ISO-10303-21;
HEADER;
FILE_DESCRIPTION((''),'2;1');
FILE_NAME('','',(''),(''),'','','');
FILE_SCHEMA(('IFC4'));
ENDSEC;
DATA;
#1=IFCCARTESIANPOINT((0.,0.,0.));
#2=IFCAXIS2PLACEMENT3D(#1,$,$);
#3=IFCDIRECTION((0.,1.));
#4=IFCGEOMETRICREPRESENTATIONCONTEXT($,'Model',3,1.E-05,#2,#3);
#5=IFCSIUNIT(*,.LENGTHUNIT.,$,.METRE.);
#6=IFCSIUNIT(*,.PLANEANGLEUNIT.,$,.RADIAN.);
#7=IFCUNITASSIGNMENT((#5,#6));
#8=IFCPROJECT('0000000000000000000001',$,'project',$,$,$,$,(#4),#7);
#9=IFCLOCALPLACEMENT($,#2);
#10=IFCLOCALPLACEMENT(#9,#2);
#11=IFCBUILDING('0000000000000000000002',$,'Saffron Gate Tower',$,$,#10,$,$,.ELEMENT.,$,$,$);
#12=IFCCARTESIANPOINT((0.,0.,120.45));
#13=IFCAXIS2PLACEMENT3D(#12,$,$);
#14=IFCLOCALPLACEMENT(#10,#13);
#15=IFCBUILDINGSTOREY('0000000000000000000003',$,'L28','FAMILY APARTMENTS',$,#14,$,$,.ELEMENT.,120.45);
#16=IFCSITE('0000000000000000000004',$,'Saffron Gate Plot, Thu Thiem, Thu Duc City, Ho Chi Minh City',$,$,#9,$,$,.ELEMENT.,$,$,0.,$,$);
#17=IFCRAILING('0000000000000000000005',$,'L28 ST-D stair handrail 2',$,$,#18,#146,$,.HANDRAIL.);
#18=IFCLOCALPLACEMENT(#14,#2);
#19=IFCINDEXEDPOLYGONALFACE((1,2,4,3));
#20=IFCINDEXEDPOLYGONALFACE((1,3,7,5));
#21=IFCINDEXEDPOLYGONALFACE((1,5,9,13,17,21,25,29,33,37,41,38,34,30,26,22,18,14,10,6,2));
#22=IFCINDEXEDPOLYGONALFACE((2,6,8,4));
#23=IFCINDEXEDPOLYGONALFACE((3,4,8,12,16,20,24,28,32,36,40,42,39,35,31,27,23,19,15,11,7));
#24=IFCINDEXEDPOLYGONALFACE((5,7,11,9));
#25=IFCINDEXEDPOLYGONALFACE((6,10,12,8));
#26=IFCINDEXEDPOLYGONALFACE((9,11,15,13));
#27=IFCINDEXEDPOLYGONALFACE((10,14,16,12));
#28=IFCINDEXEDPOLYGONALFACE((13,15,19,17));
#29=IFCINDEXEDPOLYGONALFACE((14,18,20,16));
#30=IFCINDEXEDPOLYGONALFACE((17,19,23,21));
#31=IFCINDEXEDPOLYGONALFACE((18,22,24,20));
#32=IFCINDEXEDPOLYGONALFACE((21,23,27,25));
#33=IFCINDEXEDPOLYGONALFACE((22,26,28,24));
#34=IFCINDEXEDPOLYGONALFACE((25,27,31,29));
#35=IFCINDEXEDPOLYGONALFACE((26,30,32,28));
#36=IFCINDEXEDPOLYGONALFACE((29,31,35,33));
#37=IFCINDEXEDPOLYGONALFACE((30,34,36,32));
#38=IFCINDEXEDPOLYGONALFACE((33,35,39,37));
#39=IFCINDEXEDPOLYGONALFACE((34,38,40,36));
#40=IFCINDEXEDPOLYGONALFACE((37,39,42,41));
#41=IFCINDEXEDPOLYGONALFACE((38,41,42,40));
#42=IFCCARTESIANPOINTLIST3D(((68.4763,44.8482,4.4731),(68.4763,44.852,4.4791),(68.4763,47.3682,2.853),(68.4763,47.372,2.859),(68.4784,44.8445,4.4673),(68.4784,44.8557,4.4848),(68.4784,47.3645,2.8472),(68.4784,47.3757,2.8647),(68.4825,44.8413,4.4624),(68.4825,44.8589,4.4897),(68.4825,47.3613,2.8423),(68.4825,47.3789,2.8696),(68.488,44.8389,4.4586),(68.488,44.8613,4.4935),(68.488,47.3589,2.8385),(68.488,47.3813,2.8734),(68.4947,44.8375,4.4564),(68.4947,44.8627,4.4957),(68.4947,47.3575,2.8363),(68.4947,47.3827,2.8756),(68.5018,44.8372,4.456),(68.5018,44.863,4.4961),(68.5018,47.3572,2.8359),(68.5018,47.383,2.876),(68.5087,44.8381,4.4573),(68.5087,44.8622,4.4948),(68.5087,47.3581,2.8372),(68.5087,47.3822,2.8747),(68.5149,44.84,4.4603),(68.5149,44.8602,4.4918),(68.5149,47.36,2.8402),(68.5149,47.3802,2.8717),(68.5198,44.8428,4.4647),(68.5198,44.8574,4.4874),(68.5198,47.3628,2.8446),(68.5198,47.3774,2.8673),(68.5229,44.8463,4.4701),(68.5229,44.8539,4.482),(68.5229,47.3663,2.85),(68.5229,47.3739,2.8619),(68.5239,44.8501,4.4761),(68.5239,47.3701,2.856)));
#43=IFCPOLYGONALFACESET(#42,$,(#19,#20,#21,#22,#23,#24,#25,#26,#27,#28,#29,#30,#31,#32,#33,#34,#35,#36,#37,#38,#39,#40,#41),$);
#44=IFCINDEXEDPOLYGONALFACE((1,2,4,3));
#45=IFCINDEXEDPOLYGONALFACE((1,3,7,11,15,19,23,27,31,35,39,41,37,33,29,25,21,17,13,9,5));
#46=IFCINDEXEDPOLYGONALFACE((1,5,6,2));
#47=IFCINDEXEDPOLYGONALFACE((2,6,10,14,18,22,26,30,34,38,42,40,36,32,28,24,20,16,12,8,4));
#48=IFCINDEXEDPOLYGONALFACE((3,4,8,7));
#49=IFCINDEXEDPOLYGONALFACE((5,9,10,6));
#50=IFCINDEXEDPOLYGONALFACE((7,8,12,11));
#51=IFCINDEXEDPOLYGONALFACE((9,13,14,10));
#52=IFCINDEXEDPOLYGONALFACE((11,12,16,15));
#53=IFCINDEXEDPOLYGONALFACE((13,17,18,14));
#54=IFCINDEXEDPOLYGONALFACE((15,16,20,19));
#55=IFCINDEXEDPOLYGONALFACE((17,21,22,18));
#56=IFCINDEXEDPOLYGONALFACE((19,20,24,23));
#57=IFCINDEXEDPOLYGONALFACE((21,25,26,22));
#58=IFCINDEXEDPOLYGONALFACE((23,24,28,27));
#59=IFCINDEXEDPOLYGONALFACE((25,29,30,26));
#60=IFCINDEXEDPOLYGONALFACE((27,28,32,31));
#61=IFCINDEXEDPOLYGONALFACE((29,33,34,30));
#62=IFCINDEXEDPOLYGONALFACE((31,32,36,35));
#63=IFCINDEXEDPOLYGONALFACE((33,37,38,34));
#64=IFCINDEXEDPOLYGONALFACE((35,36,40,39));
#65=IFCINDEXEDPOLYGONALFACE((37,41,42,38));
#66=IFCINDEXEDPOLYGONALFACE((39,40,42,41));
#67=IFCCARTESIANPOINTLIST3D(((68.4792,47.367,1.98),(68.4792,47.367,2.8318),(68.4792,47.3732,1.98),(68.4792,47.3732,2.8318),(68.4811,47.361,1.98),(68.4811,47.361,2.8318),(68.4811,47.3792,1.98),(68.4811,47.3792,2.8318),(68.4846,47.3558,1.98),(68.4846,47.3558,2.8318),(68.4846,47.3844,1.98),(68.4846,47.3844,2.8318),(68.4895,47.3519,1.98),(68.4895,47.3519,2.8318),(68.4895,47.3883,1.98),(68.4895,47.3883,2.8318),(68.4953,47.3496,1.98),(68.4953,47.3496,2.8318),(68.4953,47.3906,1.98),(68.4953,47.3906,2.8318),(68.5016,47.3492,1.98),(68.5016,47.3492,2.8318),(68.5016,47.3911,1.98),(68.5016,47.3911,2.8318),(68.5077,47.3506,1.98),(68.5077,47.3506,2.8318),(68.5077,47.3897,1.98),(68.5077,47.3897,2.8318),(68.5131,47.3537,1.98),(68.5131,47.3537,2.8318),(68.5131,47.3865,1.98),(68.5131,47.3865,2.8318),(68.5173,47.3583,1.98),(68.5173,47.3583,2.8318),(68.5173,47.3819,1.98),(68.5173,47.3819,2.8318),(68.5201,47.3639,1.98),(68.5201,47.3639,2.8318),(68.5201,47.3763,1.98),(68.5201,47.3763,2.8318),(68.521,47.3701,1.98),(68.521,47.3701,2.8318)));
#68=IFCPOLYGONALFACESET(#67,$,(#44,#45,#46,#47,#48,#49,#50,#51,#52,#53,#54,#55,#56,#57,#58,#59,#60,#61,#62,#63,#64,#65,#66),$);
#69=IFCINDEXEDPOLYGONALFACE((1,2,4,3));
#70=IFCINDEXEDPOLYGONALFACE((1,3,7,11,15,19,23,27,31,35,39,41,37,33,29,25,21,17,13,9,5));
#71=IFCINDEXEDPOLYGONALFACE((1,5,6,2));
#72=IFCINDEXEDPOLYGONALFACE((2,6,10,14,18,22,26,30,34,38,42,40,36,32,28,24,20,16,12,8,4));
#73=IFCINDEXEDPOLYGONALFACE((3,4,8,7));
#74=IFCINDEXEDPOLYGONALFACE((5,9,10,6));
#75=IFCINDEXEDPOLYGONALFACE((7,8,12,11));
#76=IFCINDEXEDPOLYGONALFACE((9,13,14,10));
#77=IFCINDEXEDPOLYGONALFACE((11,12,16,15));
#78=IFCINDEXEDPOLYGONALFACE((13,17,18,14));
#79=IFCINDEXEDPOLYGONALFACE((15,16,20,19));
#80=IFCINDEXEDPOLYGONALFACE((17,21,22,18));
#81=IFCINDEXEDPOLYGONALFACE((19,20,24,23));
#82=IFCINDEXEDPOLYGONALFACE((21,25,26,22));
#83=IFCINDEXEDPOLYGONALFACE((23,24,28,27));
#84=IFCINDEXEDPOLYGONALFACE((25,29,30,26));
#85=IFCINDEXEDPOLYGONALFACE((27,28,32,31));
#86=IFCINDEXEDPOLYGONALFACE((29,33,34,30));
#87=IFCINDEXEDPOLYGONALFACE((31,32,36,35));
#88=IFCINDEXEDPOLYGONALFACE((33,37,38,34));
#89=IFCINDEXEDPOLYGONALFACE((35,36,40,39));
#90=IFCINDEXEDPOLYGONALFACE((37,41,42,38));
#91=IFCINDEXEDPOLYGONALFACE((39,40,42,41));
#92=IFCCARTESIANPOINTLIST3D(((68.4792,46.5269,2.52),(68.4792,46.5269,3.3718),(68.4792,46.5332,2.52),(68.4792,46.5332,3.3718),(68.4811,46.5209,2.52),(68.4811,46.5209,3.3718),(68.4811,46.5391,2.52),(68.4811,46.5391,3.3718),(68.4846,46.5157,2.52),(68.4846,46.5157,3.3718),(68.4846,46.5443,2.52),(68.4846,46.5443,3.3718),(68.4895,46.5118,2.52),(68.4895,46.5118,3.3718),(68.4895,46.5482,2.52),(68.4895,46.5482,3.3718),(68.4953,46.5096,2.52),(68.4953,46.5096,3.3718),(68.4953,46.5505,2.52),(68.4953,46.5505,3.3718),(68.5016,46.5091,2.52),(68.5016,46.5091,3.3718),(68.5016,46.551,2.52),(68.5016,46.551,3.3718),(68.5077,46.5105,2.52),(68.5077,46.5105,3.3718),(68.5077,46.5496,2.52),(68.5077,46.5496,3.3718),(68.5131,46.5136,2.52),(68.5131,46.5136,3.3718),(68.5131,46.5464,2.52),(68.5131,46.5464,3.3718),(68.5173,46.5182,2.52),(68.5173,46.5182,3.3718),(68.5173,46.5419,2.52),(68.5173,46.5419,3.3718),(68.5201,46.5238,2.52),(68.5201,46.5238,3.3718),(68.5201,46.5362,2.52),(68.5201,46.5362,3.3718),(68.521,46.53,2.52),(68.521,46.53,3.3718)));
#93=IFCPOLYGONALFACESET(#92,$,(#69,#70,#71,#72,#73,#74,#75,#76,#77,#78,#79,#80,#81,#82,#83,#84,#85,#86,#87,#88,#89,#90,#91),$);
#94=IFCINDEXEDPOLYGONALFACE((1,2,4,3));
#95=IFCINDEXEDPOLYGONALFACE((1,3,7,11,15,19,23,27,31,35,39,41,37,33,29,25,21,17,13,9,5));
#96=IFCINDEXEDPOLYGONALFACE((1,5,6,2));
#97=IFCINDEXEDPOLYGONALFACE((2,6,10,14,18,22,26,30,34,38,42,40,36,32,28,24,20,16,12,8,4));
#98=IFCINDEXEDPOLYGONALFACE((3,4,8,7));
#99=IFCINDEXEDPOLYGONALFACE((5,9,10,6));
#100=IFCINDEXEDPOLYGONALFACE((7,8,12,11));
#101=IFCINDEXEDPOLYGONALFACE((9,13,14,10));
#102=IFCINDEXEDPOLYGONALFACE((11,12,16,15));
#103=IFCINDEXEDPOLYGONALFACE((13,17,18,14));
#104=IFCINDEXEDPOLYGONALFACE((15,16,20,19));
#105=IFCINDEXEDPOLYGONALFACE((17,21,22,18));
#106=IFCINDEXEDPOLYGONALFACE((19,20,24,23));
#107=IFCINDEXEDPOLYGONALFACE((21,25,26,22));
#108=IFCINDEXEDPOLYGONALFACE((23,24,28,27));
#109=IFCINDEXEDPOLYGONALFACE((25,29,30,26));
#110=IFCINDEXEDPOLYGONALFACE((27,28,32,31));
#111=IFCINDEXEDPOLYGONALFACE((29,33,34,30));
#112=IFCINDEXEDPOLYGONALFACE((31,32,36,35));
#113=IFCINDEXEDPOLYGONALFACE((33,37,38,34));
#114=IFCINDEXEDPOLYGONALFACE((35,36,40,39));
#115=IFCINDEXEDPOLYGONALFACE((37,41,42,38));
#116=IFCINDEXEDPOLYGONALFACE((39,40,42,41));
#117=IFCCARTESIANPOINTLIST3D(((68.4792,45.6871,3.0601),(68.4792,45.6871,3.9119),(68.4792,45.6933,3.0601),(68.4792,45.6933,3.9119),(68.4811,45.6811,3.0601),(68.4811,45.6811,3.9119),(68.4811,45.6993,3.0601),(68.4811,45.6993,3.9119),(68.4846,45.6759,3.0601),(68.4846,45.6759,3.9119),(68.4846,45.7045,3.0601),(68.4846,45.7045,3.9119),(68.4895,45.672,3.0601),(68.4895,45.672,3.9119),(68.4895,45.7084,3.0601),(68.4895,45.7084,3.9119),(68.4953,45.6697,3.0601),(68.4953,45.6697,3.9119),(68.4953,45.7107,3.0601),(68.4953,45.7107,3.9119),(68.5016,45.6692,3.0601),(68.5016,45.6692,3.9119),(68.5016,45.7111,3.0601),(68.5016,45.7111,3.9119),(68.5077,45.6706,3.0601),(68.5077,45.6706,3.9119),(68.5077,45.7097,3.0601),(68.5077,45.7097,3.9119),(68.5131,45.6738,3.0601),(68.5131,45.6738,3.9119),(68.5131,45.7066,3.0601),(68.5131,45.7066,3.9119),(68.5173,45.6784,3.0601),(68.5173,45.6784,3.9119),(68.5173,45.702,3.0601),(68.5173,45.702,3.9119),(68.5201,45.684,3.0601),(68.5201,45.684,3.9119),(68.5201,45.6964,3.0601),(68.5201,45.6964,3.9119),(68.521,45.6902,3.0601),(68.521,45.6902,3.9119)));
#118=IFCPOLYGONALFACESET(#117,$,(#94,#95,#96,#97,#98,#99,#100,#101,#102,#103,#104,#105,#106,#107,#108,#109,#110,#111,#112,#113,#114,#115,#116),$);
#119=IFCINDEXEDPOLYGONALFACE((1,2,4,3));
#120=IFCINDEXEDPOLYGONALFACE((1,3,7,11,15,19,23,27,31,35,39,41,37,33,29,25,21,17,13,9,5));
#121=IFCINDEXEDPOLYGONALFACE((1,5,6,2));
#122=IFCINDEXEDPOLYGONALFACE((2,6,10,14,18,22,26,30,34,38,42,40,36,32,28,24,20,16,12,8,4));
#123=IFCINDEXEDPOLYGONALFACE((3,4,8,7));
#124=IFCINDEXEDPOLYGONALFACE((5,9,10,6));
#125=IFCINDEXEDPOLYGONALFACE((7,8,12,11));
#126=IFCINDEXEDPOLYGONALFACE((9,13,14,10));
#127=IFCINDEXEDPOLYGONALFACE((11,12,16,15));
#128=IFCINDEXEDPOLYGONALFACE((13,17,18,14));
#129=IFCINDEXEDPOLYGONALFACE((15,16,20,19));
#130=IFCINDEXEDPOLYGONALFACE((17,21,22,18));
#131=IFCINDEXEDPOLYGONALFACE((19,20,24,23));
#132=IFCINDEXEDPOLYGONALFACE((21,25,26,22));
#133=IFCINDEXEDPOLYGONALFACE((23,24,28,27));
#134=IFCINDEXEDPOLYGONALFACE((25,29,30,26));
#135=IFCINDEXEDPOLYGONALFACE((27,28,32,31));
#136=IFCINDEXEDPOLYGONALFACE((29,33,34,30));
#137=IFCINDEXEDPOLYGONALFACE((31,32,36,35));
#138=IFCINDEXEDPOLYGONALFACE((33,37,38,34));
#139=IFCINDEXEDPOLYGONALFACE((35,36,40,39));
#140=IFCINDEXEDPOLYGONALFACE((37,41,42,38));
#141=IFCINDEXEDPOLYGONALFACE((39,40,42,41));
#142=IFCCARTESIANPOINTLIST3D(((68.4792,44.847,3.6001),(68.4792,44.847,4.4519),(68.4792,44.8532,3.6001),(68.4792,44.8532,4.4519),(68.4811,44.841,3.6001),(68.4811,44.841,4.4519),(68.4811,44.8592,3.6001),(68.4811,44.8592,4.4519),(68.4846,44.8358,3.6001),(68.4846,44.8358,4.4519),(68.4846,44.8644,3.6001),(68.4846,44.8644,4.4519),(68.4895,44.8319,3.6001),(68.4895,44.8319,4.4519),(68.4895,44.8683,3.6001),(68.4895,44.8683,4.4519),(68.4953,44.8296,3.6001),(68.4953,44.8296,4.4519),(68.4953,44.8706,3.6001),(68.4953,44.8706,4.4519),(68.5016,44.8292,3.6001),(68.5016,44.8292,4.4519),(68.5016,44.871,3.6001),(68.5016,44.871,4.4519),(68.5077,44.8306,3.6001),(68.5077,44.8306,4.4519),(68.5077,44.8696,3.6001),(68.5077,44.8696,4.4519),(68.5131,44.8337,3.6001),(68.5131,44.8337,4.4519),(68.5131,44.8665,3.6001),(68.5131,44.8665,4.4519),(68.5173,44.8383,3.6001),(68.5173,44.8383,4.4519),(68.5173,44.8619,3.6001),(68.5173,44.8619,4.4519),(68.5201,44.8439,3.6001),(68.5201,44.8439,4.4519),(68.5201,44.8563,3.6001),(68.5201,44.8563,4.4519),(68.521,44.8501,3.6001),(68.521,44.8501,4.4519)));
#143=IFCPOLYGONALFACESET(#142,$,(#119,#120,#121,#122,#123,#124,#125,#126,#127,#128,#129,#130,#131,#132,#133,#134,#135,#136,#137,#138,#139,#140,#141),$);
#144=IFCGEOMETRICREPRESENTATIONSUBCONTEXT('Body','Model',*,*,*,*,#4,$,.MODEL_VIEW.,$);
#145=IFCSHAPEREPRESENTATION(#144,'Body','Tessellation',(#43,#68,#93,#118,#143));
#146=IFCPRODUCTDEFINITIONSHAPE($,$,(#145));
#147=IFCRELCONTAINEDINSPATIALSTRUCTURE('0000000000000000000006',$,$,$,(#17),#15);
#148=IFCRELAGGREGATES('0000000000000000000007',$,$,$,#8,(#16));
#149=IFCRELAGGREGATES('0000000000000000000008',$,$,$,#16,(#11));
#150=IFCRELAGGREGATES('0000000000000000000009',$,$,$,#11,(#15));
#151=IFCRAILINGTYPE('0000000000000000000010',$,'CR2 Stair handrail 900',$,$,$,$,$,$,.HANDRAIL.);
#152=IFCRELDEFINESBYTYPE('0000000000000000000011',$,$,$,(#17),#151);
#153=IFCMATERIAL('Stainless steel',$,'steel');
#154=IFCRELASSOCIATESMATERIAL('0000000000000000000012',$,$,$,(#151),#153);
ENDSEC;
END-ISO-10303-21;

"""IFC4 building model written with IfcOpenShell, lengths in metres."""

from ifc_helpers import new_model, si_unit, direction, frame, origin, origin_2d, place, context, subcontext, project, spatial, circle, extrude, material, type_object, element, save


model = new_model("IFC4")

# Units and contexts
model_context = context("Model", 3, precision=1e-05, world=origin(), true_north=direction((0.0, 1.0)))
body_context = subcontext(model_context, "Body", "Model", "MODEL_VIEW")
ifc_project = project(units=[si_unit("LENGTHUNIT", "METRE"), si_unit("PLANEANGLEUNIT", "RADIAN")], contexts=[model_context])

# Site, building, storey
site_placement = place(None, origin())
site = spatial("IfcSite", under=ifc_project, at=site_placement, Name="Saffron Gate Plot, Thu Thiem, Thu Duc City, Ho Chi Minh City", CompositionType="ELEMENT", RefElevation=0.0)
building_placement = place(site_placement, origin())
building = spatial("IfcBuilding", under=site, at=building_placement, Name="Saffron Gate Tower", CompositionType="ELEMENT")
storey_placement = place(building_placement, frame((0.0, 0.0, 120.45)))
storey = spatial("IfcBuildingStorey", under=building, at=storey_placement, Name="L28", Description="FAMILY APARTMENTS", CompositionType="ELEMENT", Elevation=120.45)

# Railing
ifc_material_1 = material(Name="Stainless steel", Category="steel")
railing_type_1 = type_object("IfcRailingType", Name="CR2 Stair handrail 900", PredefinedType="HANDRAIL", material=ifc_material_1)
railing_1_placement = place(storey_placement, frame((68.5, 47.3701, 1.98)))
element("IfcRailing", 1, at=railing_1_placement, inside=storey, type_object=railing_type_1, Name="L28 ST-D stair handrail 2", PredefinedType="HANDRAIL", context=body_context, shape_type="SweptSolid", body=[
    extrude(circle(Radius=0.0239, at=origin_2d()), frame((0.0, 0.0, 0.876), z_axis=(0.0, -0.841163, 0.540782), x_axis=(1.0, 0.0, 0.0)), (0.0, 0.0, 1.0), 2.9958),
    extrude(circle(Radius=0.021, at=origin_2d()), origin(), (0.0, 0.0, 1.0), 0.8518),
    extrude(circle(Radius=0.021, at=origin_2d()), frame((0.0, -0.8401, 0.54)), (0.0, 0.0, 1.0), 0.8518),
    extrude(circle(Radius=0.021, at=origin_2d()), frame((0.0, -1.6799, 1.0801)), (0.0, 0.0, 1.0), 0.8518),
    extrude(circle(Radius=0.021, at=origin_2d()), frame((0.0, -2.52, 1.6201)), (0.0, 0.0, 1.0), 0.8518),
])

save(model, "model.ifc")
